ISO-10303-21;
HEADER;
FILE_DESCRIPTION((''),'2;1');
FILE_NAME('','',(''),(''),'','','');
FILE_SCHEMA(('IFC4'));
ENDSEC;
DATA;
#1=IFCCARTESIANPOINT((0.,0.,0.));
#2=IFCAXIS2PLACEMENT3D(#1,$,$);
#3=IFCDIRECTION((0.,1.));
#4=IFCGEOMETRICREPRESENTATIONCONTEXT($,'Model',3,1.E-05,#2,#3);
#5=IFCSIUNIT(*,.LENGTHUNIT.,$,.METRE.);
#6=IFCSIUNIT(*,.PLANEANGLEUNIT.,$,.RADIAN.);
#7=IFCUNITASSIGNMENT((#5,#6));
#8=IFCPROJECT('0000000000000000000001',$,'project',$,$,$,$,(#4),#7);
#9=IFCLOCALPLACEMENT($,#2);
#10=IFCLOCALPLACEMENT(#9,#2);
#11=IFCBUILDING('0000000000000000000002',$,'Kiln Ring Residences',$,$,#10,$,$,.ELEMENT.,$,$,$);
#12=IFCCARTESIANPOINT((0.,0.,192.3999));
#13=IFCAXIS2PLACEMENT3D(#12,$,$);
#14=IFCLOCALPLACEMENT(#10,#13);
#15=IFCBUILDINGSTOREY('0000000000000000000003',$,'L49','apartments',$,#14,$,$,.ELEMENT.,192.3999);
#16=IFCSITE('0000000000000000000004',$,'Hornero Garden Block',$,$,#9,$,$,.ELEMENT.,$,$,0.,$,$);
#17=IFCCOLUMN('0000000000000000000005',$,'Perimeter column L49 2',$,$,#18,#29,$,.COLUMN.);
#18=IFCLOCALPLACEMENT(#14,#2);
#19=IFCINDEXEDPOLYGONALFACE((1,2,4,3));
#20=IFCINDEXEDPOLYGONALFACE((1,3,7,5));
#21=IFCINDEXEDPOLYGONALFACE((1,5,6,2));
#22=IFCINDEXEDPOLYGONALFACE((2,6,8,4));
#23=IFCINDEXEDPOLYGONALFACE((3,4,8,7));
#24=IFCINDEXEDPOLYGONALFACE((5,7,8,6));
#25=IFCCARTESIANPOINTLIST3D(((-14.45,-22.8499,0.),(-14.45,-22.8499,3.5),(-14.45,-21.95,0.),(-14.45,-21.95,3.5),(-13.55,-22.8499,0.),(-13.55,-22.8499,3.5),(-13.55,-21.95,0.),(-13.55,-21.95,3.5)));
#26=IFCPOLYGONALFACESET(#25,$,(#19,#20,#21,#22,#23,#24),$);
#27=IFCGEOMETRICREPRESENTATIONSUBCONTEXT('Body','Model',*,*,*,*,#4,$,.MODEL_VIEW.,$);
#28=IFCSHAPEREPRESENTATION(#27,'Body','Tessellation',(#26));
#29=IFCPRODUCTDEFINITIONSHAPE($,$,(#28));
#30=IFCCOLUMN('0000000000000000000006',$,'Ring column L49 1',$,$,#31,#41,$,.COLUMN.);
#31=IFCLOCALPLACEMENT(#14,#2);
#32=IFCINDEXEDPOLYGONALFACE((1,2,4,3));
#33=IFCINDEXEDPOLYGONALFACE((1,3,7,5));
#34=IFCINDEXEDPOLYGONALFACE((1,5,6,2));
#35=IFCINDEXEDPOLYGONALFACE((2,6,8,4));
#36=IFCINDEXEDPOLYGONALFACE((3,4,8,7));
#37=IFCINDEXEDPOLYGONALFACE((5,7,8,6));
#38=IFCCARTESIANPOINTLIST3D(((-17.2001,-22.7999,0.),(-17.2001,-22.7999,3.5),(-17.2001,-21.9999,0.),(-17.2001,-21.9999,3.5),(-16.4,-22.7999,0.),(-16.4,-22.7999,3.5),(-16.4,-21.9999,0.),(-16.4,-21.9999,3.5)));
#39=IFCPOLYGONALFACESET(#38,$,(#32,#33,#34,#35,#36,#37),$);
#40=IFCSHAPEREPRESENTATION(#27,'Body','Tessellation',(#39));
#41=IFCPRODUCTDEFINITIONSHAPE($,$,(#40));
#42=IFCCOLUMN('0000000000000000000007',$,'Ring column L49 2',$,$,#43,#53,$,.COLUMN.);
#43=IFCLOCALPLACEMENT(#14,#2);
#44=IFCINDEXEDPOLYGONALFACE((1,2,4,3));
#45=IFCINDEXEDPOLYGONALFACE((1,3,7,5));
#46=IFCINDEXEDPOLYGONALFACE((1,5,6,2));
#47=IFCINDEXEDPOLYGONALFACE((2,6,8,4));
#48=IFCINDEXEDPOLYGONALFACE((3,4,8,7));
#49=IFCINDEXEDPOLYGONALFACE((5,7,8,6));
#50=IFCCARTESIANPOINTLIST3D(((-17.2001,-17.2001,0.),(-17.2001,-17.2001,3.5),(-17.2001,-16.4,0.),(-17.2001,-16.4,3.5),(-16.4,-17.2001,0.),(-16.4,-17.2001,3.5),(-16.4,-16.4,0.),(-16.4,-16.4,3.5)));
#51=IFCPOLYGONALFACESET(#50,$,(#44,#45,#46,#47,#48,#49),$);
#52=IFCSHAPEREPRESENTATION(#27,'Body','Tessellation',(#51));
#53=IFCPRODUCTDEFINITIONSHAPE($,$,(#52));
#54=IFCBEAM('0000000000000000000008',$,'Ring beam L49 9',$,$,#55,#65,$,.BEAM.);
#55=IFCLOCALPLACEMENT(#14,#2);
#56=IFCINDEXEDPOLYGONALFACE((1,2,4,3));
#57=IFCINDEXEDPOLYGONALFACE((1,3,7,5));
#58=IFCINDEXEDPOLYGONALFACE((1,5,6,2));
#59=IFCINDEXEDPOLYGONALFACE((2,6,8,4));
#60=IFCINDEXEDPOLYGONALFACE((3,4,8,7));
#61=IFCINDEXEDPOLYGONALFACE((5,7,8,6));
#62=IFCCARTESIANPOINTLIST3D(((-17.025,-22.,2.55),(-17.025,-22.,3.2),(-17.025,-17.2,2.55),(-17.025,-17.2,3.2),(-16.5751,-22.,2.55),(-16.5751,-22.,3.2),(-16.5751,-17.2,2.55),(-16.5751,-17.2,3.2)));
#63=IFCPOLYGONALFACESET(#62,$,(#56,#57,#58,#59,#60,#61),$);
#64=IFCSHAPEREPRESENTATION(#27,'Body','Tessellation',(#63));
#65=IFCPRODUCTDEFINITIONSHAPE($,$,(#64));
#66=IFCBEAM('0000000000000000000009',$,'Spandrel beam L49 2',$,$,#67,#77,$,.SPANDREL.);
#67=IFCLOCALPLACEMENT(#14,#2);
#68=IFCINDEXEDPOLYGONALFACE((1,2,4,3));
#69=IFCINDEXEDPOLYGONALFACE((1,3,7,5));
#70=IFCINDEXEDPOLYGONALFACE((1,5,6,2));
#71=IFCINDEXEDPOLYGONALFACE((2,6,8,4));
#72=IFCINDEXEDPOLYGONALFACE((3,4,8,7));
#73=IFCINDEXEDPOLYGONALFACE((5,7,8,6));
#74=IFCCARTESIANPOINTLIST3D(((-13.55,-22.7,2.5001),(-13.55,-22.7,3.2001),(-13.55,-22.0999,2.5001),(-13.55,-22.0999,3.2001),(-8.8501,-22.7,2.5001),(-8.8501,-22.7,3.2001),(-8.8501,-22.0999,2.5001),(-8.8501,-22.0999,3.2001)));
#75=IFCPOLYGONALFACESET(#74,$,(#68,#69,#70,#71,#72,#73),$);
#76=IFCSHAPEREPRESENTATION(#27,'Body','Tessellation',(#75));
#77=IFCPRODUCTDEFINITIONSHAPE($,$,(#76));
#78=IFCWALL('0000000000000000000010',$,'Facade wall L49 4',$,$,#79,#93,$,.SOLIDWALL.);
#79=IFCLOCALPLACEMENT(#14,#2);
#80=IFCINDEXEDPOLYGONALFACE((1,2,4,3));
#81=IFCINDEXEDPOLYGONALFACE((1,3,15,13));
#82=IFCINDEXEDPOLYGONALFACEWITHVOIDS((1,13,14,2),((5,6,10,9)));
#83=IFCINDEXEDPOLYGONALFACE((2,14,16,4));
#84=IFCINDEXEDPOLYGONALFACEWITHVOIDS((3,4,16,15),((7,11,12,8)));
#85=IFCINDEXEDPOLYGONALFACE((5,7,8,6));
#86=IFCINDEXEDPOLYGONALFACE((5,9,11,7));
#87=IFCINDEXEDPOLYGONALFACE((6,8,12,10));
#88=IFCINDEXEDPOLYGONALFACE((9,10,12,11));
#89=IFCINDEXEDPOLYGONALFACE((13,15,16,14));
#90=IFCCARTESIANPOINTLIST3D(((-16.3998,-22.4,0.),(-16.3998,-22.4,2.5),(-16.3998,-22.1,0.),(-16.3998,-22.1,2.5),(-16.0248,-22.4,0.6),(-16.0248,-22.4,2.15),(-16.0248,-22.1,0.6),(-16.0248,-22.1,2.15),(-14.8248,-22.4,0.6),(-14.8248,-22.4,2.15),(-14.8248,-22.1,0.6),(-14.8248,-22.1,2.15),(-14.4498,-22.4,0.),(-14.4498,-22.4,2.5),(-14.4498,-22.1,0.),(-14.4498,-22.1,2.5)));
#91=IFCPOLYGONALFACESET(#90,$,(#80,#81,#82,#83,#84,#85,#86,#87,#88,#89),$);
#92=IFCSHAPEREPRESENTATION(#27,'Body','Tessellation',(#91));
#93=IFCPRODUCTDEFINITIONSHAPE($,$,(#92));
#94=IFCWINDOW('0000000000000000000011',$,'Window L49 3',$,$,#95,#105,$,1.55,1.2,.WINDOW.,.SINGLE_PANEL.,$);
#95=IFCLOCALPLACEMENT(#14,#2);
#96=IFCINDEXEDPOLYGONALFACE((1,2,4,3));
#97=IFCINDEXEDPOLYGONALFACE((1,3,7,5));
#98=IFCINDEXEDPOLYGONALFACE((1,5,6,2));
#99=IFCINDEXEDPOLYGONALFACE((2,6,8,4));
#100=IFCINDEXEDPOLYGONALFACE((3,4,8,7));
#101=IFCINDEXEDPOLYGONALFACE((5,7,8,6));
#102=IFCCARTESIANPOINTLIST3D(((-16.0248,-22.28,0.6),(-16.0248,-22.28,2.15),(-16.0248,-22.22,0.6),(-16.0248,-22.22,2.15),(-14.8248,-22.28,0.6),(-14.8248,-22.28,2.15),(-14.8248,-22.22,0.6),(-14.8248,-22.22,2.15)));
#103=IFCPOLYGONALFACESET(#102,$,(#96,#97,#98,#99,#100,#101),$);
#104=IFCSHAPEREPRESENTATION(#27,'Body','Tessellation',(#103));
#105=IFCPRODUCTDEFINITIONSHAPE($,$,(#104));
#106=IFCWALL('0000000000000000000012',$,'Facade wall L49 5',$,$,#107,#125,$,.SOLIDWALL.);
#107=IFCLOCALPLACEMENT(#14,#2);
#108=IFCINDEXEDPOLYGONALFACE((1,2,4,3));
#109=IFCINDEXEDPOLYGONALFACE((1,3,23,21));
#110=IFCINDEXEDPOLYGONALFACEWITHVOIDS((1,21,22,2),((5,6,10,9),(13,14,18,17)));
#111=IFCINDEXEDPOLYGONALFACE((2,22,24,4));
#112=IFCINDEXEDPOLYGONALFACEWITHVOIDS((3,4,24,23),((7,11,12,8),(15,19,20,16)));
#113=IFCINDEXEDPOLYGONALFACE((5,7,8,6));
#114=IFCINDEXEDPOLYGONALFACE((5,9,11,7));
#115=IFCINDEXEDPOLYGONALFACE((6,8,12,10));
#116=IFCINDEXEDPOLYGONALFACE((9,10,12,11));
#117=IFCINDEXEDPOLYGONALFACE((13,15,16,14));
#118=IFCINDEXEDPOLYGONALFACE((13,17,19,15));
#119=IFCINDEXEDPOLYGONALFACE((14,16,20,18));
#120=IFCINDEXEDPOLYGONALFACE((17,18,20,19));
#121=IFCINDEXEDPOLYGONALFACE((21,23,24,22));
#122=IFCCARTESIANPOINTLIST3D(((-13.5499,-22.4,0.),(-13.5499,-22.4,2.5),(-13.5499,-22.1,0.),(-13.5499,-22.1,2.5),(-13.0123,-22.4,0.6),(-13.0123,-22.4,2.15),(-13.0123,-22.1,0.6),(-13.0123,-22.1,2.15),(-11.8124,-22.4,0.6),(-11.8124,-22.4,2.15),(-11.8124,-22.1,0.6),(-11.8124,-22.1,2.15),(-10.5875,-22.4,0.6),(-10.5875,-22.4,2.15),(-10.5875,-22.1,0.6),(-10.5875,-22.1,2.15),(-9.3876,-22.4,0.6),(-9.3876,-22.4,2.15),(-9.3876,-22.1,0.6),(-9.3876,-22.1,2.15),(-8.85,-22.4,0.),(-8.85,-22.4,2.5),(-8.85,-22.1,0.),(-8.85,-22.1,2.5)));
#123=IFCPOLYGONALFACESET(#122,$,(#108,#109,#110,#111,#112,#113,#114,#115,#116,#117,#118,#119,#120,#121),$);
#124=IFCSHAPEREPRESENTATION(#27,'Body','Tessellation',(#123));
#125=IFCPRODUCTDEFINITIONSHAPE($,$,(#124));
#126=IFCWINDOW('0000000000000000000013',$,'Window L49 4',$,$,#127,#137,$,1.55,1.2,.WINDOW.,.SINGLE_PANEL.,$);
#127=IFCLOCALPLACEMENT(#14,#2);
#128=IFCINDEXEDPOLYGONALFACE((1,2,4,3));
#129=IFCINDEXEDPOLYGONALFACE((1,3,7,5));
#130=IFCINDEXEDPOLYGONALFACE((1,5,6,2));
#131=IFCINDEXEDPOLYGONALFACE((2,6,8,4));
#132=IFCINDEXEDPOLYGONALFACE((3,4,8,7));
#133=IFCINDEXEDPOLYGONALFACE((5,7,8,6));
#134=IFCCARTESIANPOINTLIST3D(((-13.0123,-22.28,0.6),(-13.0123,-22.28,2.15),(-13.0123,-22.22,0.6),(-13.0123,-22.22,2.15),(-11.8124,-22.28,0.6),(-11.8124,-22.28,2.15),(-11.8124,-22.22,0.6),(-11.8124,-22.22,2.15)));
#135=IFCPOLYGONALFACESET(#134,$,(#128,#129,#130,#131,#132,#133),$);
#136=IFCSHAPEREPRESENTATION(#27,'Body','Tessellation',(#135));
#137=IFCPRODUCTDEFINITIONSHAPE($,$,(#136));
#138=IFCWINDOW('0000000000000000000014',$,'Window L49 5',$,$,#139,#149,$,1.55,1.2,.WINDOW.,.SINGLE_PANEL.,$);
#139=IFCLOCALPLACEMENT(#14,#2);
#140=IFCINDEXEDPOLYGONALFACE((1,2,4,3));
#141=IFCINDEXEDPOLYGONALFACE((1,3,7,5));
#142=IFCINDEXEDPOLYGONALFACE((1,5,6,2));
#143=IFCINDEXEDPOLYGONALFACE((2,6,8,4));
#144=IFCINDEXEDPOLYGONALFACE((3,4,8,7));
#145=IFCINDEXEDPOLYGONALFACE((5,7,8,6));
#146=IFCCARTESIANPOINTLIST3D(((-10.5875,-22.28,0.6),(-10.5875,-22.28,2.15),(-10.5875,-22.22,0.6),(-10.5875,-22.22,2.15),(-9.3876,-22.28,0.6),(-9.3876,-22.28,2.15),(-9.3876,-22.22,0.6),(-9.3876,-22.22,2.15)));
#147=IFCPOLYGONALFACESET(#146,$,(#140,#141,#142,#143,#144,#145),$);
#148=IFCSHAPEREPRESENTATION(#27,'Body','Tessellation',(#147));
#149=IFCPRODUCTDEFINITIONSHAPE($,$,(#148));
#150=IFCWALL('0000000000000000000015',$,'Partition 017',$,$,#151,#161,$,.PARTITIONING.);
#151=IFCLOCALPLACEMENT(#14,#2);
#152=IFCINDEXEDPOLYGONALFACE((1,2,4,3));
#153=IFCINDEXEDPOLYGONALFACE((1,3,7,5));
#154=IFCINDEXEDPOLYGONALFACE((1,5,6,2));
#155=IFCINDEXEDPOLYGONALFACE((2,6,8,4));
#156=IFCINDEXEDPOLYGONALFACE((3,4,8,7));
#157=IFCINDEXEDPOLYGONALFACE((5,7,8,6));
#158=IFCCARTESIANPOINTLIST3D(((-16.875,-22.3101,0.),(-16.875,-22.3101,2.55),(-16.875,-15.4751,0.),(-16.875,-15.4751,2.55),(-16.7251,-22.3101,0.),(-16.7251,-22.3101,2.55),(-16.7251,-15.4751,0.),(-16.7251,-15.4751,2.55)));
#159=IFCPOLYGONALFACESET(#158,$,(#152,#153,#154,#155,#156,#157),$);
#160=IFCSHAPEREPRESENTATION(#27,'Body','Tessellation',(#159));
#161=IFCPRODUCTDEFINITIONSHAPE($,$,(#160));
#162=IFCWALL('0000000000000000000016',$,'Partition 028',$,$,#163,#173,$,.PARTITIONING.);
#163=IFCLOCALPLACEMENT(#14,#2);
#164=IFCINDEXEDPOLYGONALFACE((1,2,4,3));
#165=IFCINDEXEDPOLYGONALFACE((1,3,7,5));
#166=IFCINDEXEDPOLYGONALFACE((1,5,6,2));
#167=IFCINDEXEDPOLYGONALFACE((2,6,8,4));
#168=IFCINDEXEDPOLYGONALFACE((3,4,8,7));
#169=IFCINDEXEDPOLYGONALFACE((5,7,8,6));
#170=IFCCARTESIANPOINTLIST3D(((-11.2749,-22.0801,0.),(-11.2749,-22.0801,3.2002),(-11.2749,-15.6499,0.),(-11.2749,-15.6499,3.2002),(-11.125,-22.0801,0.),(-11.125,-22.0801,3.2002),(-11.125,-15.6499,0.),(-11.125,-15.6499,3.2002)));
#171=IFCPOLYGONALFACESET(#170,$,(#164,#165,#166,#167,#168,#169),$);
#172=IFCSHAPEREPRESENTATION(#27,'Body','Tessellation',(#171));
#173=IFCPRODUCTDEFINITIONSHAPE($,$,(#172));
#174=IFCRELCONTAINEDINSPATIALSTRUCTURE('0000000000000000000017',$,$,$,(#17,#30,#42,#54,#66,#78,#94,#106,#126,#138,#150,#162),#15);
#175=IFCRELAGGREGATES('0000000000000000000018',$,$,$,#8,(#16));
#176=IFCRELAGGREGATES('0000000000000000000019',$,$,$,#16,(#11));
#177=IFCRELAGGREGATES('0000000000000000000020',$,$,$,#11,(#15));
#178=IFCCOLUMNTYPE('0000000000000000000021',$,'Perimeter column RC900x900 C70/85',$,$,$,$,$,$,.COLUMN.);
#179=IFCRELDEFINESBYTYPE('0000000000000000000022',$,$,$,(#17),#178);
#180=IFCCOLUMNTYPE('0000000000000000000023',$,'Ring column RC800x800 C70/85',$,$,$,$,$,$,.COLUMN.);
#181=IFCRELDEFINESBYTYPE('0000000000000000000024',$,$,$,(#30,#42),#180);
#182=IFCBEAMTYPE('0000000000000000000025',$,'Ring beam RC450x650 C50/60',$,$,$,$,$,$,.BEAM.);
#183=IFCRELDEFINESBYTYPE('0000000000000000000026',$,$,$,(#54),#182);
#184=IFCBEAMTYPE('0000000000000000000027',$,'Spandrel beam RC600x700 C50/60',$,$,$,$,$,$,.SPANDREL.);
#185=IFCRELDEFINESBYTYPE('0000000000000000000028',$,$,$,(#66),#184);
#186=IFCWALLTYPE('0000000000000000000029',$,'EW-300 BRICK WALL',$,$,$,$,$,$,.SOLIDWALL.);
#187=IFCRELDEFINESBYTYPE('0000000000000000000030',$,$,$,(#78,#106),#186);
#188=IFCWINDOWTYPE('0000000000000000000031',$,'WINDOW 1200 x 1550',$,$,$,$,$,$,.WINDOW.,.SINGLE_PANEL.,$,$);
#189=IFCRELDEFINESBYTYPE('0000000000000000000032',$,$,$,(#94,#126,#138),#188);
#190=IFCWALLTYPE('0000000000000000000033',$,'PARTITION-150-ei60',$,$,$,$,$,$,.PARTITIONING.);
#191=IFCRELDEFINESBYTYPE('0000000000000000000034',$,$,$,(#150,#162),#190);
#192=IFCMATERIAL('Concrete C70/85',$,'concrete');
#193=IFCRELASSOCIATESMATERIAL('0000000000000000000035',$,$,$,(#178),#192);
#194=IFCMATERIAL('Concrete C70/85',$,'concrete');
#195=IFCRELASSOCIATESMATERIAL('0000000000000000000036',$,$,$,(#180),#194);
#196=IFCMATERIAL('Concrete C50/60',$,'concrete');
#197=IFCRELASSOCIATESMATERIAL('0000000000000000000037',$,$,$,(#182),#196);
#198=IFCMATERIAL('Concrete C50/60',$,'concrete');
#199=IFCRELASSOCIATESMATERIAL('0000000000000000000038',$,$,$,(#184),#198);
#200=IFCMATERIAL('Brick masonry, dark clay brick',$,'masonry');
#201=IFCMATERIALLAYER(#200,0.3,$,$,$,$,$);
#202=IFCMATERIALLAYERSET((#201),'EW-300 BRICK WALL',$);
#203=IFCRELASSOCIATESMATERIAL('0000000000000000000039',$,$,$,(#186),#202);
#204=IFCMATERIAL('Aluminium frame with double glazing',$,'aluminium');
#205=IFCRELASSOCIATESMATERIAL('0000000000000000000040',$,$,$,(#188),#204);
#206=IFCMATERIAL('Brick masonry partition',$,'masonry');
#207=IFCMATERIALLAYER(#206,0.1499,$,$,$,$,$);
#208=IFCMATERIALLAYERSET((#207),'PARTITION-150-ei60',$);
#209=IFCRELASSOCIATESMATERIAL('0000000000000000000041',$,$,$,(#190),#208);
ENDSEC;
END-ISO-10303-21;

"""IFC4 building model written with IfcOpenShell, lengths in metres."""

from ifc_helpers import new_model, si_unit, direction, frame, frame_2d, origin, origin_2d, place, context, subcontext, project, spatial, rectangle, extrude, material, layer, layer_set, material_profile, profile_set, type_object, element, fill, save


model = new_model("IFC4")

# Units and contexts
model_context = context("Model", 3, precision=1e-05, world=origin(), true_north=direction((0.0, 1.0)))
body_context = subcontext(model_context, "Body", "Model", "MODEL_VIEW")
ifc_project = project(units=[si_unit("LENGTHUNIT", "METRE"), si_unit("PLANEANGLEUNIT", "RADIAN")], contexts=[model_context])

# Site, building, storey
site_placement = place(None, origin())
site = spatial("IfcSite", under=ifc_project, at=site_placement, Name="Hornero Garden Block", CompositionType="ELEMENT", RefElevation=0.0)
building_placement = place(site_placement, origin())
building = spatial("IfcBuilding", under=site, at=building_placement, Name="Kiln Ring Residences", CompositionType="ELEMENT")
storey_placement = place(building_placement, frame((0.0, 0.0, 192.3999)))
storey = spatial("IfcBuildingStorey", under=building, at=storey_placement, Name="L49", Description="apartments", CompositionType="ELEMENT", Elevation=192.3999)

# Columns
ifc_material_1 = material(Name="Concrete C70/85", Category="concrete")
ifc_material_profile_1 = material_profile(ifc_material_1, rectangle(XDim=0.8999, YDim=0.8999, at=origin_2d()), Name="RC900x900")
ifc_profile_set_1 = profile_set([ifc_material_profile_1], Name="Concrete C70/85")
column_type_1 = type_object("IfcColumnType", Name="Perimeter column RC900x900 C70/85", PredefinedType="COLUMN", material=ifc_profile_set_1)
column_placement = place(storey_placement, frame((-14.0, -22.3999, 0.0), z_axis=(0.0, 0.0, 1.0), x_axis=(1.0, 0.0, 0.0)))
element("IfcColumn", 1, at=column_placement, inside=storey, type_object=column_type_1, Name="Perimeter column L49 2", PredefinedType="COLUMN", context=body_context, shape_type="SweptSolid", body=[
    extrude(rectangle(XDim=0.8999, YDim=0.8999, at=origin_2d()), origin(), (0.0, 0.0, 1.0), 3.5),
])
ifc_material_2 = material(Name="Concrete C70/85", Category="concrete")
ifc_material_profile_2 = material_profile(ifc_material_2, rectangle(XDim=0.8, YDim=0.8, at=origin_2d()), Name="RC800x800")
ifc_profile_set_2 = profile_set([ifc_material_profile_2], Name="Concrete C70/85")
column_type_2 = type_object("IfcColumnType", Name="Ring column RC800x800 C70/85", PredefinedType="COLUMN", material=ifc_profile_set_2)
for number, where, z_axis, x_axis, name in (
    (2, (-16.8, -22.3999, 0.0), (0.0, 0.0, 1.0), (1.0, 0.0, 0.0), "Ring column L49 1"),
    (3, (-16.8, -16.8, 0.0), (0.0, 0.0, 1.0), (1.0, 0.0, 0.0), "Ring column L49 2"),
):
    element("IfcColumn", number, at=place(storey_placement, frame(where, z_axis=z_axis, x_axis=x_axis)), inside=storey, type_object=column_type_2, Name=name, PredefinedType="COLUMN", context=body_context, shape_type="SweptSolid", body=[
        extrude(rectangle(XDim=0.8, YDim=0.8, at=origin_2d()), origin(), (0.0, 0.0, 1.0), 3.5),
    ])

# Beams
ifc_material_3 = material(Name="Concrete C50/60", Category="concrete")
ifc_material_profile_3 = material_profile(ifc_material_3, rectangle(XDim=0.45, YDim=0.6499, at=origin_2d()), Name="RC450x650")
ifc_profile_set_3 = profile_set([ifc_material_profile_3], Name="Concrete C50/60")
beam_type_1 = type_object("IfcBeamType", Name="Ring beam RC450x650 C50/60", PredefinedType="BEAM", material=ifc_profile_set_3)
beam_1_placement = place(storey_placement, frame((-16.8, -17.2, 2.875), z_axis=(0.0, -1.0, 0.0), x_axis=(1.0, 0.0, 0.0)))
element("IfcBeam", 4, at=beam_1_placement, inside=storey, type_object=beam_type_1, Name="Ring beam L49 9", PredefinedType="BEAM", context=body_context, shape_type="SweptSolid", body=[
    extrude(rectangle(XDim=0.45, YDim=0.6499, at=origin_2d()), origin(), (0.0, 0.0, 1.0), 4.8),
])
ifc_material_4 = material(Name="Concrete C50/60", Category="concrete")
ifc_material_profile_4 = material_profile(ifc_material_4, rectangle(XDim=0.6001, YDim=0.7, at=origin_2d()), Name="RC600x700")
ifc_profile_set_4 = profile_set([ifc_material_profile_4], Name="Concrete C50/60")
beam_type_2 = type_object("IfcBeamType", Name="Spandrel beam RC600x700 C50/60", PredefinedType="SPANDREL", material=ifc_profile_set_4)
beam_2_placement = place(storey_placement, frame((-13.55, -22.3999, 2.8501), z_axis=(1.0, 0.0, 0.0), x_axis=(0.0, 1.0, 0.0)))
element("IfcBeam", 5, at=beam_2_placement, inside=storey, type_object=beam_type_2, Name="Spandrel beam L49 2", PredefinedType="SPANDREL", context=body_context, shape_type="SweptSolid", body=[
    extrude(rectangle(XDim=0.6001, YDim=0.7, at=origin_2d()), origin(), (0.0, 0.0, 1.0), 4.7),
])

# Wall, opening, window
ifc_material_5 = material(Name="Brick masonry, dark clay brick", Category="masonry")
ifc_layer_1 = layer(ifc_material_5, 0.3)
ifc_layer_set_1 = layer_set([ifc_layer_1], Name="EW-300 BRICK WALL")
wall_type_1 = type_object("IfcWallType", Name="EW-300 BRICK WALL", PredefinedType="SOLIDWALL", material=ifc_layer_set_1)
wall_1_placement = place(storey_placement, frame((-16.3999, -22.25, 0.0), z_axis=(0.0, 0.0, 1.0), x_axis=(1.0, 0.0, 0.0)))
wall_1 = element("IfcWall", 6, at=wall_1_placement, inside=storey, type_object=wall_type_1, Name="Facade wall L49 4", PredefinedType="SOLIDWALL", context=body_context, shape_type="SweptSolid", body=[
    extrude(rectangle(XDim=1.95, YDim=0.3, at=frame_2d((0.9751, 0.0))), origin(), (0.0, 0.0, 1.0), 2.5),
])
opening_1_placement = place(wall_1_placement, frame((0.375, 0.0, 0.6001)))
opening_1 = element("IfcOpeningElement", 7, at=opening_1_placement, cuts=wall_1, PredefinedType="OPENING", context=body_context, shape_type="SweptSolid", body=[
    extrude(rectangle(XDim=1.2, YDim=1.55, at=frame_2d((0.6001, 0.7749))), frame((0.0, 0.1599, 0.0), z_axis=(0.0, -1.0, 0.0), x_axis=(1.0, 0.0, 0.0)), (0.0, 0.0, 1.0), 0.3201),
])
ifc_material_6 = material(Name="Aluminium frame with double glazing", Category="aluminium")
window_type = type_object("IfcWindowType", Name="WINDOW 1200 x 1550", PartitioningType="SINGLE_PANEL", PredefinedType="WINDOW", material=ifc_material_6)
window_1_placement = place(opening_1_placement, origin())
window_1 = element("IfcWindow", 8, at=window_1_placement, inside=storey, type_object=window_type, Name="Window L49 3", OverallHeight=1.55, OverallWidth=1.2, PartitioningType="SINGLE_PANEL", PredefinedType="WINDOW", context=body_context, shape_type="SweptSolid", body=[
    extrude(rectangle(XDim=1.2, YDim=1.55, at=frame_2d((0.6001, 0.7749))), frame((0.0, 0.03, 0.0), z_axis=(0.0, -1.0, 0.0), x_axis=(1.0, 0.0, 0.0)), (0.0, 0.0, 1.0), 0.0601),
])
fill(opening_1, window_1)

# Wall, openings, windows
wall_2_placement = place(storey_placement, frame((-13.55, -22.25, 0.0), z_axis=(0.0, 0.0, 1.0), x_axis=(1.0, 0.0, 0.0)))
wall_2 = element("IfcWall", 9, at=wall_2_placement, inside=storey, type_object=wall_type_1, Name="Facade wall L49 5", PredefinedType="SOLIDWALL", context=body_context, shape_type="SweptSolid", body=[
    extrude(rectangle(XDim=4.7, YDim=0.3, at=frame_2d((2.3501, 0.0))), origin(), (0.0, 0.0, 1.0), 2.5),
])
opening_2_placement = place(wall_2_placement, frame((0.5376, 0.0, 0.6001)))
opening_2 = element("IfcOpeningElement", 10, at=opening_2_placement, cuts=wall_2, PredefinedType="OPENING", context=body_context, shape_type="SweptSolid", body=[
    extrude(rectangle(XDim=1.2, YDim=1.55, at=frame_2d((0.6001, 0.7749))), frame((0.0, 0.1599, 0.0), z_axis=(0.0, -1.0, 0.0), x_axis=(1.0, 0.0, 0.0)), (0.0, 0.0, 1.0), 0.3201),
])
opening_3_placement = place(wall_2_placement, frame((2.9624, 0.0, 0.6001)))
opening_3 = element("IfcOpeningElement", 11, at=opening_3_placement, cuts=wall_2, PredefinedType="OPENING", context=body_context, shape_type="SweptSolid", body=[
    extrude(rectangle(XDim=1.2, YDim=1.55, at=frame_2d((0.6001, 0.7749))), frame((0.0, 0.1599, 0.0), z_axis=(0.0, -1.0, 0.0), x_axis=(1.0, 0.0, 0.0)), (0.0, 0.0, 1.0), 0.3201),
])
window_2_placement = place(opening_2_placement, origin())
window_2 = element("IfcWindow", 12, at=window_2_placement, inside=storey, type_object=window_type, Name="Window L49 4", OverallHeight=1.55, OverallWidth=1.2, PartitioningType="SINGLE_PANEL", PredefinedType="WINDOW", context=body_context, shape_type="SweptSolid", body=[
    extrude(rectangle(XDim=1.2, YDim=1.55, at=frame_2d((0.6001, 0.7749))), frame((0.0, 0.03, 0.0), z_axis=(0.0, -1.0, 0.0), x_axis=(1.0, 0.0, 0.0)), (0.0, 0.0, 1.0), 0.0601),
])
fill(opening_2, window_2)
window_3_placement = place(opening_3_placement, origin())
window_3 = element("IfcWindow", 13, at=window_3_placement, inside=storey, type_object=window_type, Name="Window L49 5", OverallHeight=1.55, OverallWidth=1.2, PartitioningType="SINGLE_PANEL", PredefinedType="WINDOW", context=body_context, shape_type="SweptSolid", body=[
    extrude(rectangle(XDim=1.2, YDim=1.55, at=frame_2d((0.6001, 0.7749))), frame((0.0, 0.03, 0.0), z_axis=(0.0, -1.0, 0.0), x_axis=(1.0, 0.0, 0.0)), (0.0, 0.0, 1.0), 0.0601),
])
fill(opening_3, window_3)

# Walls
ifc_material_7 = material(Name="Brick masonry partition", Category="masonry")
ifc_layer_2 = layer(ifc_material_7, 0.1499)
ifc_layer_set_2 = layer_set([ifc_layer_2], Name="PARTITION-150-ei60")
wall_type_2 = type_object("IfcWallType", Name="PARTITION-150-ei60", PredefinedType="PARTITIONING", material=ifc_layer_set_2)
wall_3_placement = place(storey_placement, frame((-16.8, -22.3101, 0.0), z_axis=(0.0, 0.0, 1.0), x_axis=(0.0, 1.0, 0.0)))
element("IfcWall", 14, at=wall_3_placement, inside=storey, type_object=wall_type_2, Name="Partition 017", PredefinedType="PARTITIONING", context=body_context, shape_type="SweptSolid", body=[
    extrude(rectangle(XDim=6.835, YDim=0.1499, at=frame_2d((3.4175, 0.0))), origin(), (0.0, 0.0, 1.0), 2.55),
])
wall_4_placement = place(storey_placement, frame((-11.2, -22.0801, 0.0), z_axis=(0.0, 0.0, 1.0), x_axis=(0.0, 1.0, 0.0)))
element("IfcWall", 15, at=wall_4_placement, inside=storey, type_object=wall_type_2, Name="Partition 028", PredefinedType="PARTITIONING", context=body_context, shape_type="SweptSolid", body=[
    extrude(rectangle(XDim=6.4302, YDim=0.1499, at=frame_2d((3.2151, 0.0))), origin(), (0.0, 0.0, 1.0), 3.2002),
])

save(model, "model.ifc")
